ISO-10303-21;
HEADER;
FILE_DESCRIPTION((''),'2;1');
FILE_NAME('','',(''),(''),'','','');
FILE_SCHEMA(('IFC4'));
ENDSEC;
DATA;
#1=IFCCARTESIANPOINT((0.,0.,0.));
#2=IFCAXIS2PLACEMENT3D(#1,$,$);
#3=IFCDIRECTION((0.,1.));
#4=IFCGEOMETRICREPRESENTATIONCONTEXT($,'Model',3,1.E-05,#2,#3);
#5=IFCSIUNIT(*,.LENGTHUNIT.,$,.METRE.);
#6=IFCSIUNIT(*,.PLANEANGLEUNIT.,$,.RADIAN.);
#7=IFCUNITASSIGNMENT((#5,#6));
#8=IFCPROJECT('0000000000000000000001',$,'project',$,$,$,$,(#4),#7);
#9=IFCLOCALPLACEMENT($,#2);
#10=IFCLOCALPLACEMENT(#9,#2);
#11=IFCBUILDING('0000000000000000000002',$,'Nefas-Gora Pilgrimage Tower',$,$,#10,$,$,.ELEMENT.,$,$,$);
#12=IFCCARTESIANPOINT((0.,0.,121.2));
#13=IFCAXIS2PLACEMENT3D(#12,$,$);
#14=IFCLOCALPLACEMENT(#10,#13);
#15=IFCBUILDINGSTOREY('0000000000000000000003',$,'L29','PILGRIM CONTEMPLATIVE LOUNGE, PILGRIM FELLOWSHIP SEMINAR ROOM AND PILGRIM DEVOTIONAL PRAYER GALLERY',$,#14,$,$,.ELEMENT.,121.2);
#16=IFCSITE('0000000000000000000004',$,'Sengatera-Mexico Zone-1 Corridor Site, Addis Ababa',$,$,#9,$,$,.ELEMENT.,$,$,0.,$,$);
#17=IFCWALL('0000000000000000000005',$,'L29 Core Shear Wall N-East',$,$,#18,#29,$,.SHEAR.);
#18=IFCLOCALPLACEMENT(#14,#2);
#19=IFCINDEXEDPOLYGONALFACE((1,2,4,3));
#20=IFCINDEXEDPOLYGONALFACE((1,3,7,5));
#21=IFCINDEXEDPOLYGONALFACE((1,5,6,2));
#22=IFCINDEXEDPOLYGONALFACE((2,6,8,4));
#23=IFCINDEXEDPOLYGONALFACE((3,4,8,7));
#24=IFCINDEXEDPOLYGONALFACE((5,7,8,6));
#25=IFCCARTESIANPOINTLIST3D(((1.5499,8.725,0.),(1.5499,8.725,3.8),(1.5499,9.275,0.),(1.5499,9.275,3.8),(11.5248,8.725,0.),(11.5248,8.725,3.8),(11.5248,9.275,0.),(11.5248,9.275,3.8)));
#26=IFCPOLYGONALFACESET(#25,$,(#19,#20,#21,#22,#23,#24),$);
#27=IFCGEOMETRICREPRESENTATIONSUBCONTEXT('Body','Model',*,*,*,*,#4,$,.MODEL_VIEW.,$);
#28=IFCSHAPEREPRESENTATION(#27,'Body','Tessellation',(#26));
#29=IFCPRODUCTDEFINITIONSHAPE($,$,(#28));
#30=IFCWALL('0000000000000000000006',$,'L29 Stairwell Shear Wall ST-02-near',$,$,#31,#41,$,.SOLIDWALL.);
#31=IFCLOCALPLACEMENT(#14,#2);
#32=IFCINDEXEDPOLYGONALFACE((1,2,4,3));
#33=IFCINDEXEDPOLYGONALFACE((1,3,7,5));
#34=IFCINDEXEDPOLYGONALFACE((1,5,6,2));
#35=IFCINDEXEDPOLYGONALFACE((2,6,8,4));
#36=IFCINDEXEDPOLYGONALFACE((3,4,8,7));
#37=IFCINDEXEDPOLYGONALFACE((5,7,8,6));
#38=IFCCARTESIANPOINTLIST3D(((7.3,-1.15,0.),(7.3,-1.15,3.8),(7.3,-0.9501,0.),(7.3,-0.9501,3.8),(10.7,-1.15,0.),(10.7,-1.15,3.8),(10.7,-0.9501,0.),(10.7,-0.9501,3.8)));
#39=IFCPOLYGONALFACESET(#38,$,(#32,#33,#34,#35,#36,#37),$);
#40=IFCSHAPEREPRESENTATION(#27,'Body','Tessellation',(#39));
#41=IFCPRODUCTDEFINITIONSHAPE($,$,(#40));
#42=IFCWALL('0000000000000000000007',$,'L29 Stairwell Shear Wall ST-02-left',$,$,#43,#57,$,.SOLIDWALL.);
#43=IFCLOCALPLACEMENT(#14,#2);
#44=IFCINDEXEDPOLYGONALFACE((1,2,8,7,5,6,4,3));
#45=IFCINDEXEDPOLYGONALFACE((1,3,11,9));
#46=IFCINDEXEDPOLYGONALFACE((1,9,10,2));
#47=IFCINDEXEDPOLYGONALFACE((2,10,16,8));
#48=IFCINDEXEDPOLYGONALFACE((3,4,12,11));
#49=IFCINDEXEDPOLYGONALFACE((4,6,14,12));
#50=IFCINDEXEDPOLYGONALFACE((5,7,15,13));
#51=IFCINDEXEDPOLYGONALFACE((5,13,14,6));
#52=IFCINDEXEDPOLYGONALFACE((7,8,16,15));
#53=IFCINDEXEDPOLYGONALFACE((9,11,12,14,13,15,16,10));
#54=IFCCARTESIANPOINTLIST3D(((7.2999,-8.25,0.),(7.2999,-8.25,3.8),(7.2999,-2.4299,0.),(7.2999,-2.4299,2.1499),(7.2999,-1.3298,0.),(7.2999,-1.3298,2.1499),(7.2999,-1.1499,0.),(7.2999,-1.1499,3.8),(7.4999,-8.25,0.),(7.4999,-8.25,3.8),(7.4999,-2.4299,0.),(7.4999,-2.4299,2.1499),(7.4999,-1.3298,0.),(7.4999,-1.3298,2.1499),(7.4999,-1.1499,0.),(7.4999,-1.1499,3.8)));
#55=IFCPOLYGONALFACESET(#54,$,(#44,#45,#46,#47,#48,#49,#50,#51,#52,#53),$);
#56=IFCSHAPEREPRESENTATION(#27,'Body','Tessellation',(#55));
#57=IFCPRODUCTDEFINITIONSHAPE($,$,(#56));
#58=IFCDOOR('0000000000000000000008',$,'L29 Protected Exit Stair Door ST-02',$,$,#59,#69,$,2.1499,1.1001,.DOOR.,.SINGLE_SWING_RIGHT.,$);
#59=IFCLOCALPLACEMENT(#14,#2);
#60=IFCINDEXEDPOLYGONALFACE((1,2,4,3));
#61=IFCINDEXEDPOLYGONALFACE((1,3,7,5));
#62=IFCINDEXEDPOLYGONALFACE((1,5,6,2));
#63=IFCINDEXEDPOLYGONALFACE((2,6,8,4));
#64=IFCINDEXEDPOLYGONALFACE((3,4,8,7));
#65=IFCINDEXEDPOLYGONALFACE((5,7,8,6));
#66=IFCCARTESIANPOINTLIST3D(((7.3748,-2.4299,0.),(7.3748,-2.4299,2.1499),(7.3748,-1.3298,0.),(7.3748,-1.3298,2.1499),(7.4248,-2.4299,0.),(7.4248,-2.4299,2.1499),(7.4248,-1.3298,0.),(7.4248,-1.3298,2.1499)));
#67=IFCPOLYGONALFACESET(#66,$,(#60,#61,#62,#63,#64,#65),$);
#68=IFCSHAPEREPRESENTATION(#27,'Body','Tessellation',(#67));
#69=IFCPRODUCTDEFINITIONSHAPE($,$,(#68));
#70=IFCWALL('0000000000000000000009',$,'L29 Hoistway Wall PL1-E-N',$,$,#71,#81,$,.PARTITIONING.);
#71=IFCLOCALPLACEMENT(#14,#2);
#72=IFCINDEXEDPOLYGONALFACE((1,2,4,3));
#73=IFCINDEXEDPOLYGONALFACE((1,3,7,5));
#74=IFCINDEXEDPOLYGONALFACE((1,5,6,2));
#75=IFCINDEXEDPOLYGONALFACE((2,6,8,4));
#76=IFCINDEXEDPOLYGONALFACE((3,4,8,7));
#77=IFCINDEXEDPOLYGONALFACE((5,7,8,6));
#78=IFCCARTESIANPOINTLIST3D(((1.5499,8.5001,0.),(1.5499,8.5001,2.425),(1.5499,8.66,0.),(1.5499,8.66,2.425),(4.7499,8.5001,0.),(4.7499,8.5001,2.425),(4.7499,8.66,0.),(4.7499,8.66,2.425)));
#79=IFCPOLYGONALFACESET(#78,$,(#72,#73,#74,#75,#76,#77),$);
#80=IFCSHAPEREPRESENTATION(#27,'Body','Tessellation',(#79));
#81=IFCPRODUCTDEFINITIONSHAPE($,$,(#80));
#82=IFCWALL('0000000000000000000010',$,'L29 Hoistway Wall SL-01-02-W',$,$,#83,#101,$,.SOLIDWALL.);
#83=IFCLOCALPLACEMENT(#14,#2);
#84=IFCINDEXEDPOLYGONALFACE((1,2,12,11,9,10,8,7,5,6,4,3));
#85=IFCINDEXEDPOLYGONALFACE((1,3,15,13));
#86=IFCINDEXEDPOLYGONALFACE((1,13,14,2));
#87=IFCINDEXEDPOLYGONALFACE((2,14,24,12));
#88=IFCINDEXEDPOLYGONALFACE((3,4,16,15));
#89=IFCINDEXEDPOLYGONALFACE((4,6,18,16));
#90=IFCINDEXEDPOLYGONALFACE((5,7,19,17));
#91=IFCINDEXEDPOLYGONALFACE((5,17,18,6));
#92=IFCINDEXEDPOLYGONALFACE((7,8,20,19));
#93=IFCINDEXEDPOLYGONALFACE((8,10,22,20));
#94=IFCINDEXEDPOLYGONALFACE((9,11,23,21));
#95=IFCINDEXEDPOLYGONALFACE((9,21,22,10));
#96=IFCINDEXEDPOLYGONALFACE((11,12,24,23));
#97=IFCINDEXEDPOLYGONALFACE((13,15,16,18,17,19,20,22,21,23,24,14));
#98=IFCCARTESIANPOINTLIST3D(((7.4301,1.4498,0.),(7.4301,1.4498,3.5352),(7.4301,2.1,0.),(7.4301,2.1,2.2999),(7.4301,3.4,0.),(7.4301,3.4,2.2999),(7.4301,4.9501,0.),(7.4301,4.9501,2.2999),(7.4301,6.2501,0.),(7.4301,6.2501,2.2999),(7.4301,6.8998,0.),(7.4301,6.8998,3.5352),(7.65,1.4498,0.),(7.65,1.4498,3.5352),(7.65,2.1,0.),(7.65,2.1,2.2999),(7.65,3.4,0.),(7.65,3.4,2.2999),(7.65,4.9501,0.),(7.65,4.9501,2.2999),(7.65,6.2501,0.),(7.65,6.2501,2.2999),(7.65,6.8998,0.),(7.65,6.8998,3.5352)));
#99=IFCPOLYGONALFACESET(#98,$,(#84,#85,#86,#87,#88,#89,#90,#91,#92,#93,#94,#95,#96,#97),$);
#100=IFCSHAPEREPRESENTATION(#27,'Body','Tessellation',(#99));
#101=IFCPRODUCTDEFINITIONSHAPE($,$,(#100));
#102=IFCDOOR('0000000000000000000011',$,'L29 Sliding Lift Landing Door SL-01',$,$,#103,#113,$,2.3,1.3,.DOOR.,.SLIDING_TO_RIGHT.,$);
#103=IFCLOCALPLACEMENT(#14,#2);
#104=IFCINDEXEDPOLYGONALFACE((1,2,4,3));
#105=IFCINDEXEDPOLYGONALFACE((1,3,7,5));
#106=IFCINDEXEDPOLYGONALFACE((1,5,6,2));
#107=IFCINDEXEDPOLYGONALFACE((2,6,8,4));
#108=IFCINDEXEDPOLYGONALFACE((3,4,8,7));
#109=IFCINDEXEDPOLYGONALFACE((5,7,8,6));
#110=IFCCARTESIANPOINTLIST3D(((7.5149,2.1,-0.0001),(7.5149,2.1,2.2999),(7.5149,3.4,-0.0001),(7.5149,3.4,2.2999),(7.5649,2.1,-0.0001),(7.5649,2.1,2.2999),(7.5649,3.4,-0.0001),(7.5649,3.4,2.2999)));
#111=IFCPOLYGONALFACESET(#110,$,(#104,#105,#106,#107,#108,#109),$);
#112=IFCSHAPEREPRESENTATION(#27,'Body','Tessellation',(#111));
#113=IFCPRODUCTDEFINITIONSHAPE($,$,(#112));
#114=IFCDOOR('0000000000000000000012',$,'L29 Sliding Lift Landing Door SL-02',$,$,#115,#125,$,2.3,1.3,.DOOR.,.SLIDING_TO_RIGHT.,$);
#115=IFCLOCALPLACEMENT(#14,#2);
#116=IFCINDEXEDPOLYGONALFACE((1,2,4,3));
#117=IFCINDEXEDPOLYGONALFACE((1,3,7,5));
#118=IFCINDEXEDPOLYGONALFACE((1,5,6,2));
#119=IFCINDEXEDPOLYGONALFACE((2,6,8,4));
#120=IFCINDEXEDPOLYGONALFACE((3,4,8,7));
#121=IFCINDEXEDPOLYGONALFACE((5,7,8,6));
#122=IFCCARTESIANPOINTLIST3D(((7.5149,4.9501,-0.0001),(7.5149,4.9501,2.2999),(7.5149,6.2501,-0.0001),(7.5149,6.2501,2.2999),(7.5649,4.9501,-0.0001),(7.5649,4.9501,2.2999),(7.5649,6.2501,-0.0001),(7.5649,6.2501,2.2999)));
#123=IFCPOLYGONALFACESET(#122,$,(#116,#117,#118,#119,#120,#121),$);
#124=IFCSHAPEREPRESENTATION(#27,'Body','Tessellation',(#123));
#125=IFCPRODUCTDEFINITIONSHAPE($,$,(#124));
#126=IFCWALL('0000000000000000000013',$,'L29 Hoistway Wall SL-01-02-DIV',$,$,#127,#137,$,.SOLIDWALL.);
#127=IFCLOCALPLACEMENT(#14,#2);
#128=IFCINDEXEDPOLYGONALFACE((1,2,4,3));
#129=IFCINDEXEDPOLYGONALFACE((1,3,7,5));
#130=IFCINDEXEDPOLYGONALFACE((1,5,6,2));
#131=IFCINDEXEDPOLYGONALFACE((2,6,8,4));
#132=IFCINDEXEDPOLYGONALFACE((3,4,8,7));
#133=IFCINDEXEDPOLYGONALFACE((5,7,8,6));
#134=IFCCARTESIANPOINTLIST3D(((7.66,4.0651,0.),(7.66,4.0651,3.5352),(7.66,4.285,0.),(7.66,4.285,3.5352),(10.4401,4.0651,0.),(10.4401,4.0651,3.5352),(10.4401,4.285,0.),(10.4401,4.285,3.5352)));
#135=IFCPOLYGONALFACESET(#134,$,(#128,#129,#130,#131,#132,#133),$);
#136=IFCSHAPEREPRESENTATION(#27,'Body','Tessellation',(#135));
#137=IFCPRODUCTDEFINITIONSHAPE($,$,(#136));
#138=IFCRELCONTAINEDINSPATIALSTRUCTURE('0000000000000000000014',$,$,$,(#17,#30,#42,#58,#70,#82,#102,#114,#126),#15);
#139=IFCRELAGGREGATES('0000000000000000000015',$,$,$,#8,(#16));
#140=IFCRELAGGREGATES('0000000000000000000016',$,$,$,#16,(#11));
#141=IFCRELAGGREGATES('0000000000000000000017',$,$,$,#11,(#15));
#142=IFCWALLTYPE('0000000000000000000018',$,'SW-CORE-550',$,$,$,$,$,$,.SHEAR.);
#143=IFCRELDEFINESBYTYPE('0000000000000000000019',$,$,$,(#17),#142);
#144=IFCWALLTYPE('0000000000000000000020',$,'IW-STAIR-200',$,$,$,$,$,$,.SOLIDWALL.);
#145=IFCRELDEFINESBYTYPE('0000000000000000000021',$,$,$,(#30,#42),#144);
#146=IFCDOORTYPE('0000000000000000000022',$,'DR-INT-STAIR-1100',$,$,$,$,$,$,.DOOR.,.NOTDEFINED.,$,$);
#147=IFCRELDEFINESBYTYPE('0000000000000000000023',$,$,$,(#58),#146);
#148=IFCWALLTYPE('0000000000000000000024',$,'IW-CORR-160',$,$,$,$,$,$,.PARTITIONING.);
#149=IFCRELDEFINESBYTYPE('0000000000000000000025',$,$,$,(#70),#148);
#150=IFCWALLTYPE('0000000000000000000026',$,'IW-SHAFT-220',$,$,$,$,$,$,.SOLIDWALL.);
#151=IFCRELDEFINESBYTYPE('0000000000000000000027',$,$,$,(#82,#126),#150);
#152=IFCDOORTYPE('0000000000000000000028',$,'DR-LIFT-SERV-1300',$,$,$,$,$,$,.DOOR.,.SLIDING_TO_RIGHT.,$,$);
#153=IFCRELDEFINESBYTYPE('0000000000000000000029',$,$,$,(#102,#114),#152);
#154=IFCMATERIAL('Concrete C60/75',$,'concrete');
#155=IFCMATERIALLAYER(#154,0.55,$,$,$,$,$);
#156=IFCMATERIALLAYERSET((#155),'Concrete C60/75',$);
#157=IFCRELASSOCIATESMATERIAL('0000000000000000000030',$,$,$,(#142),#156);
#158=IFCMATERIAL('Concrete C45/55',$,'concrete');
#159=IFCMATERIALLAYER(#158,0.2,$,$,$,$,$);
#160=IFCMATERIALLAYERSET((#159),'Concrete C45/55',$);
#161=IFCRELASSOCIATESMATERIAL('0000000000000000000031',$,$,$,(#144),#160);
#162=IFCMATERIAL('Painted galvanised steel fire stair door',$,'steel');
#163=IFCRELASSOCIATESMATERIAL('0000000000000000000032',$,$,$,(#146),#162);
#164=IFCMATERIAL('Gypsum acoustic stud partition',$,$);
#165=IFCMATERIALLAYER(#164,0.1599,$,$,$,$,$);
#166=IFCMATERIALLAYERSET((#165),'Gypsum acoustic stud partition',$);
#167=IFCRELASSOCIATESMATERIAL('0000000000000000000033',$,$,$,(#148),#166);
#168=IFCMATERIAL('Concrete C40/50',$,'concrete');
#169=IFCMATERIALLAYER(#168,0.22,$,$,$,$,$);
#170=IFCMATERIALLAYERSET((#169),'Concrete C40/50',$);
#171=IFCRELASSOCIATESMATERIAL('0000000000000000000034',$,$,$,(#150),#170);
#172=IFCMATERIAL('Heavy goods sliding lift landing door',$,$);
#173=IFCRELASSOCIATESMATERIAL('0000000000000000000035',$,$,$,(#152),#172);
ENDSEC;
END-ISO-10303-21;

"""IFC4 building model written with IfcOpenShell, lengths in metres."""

from ifc_helpers import new_model, si_unit, direction, frame, frame_2d, origin, place, context, subcontext, project, spatial, rectangle, extrude, source, transform, mapped, material, layer, layer_set, type_object, element, fill, save


model = new_model("IFC4")

# Units and contexts
model_context = context("Model", 3, precision=1e-05, world=origin(), true_north=direction((0.0, 1.0)))
body_context = subcontext(model_context, "Body", "Model", "MODEL_VIEW")
ifc_project = project(units=[si_unit("LENGTHUNIT", "METRE"), si_unit("PLANEANGLEUNIT", "RADIAN")], contexts=[model_context])

# Site, building, storey
site_placement = place(None, origin())
site = spatial("IfcSite", under=ifc_project, at=site_placement, Name="Sengatera-Mexico Zone-1 Corridor Site, Addis Ababa", CompositionType="ELEMENT", RefElevation=0.0)
building_placement = place(site_placement, origin())
building = spatial("IfcBuilding", under=site, at=building_placement, Name="Nefas-Gora Pilgrimage Tower", CompositionType="ELEMENT")
storey_placement = place(building_placement, frame((0.0, 0.0, 121.2)))
storey = spatial("IfcBuildingStorey", under=building, at=storey_placement, Name="L29", Description="PILGRIM CONTEMPLATIVE LOUNGE, PILGRIM FELLOWSHIP SEMINAR ROOM AND PILGRIM DEVOTIONAL PRAYER GALLERY", CompositionType="ELEMENT", Elevation=121.2)

# Walls
ifc_material_1 = material(Name="Concrete C60/75", Category="concrete")
ifc_layer_1 = layer(ifc_material_1, 0.55)
ifc_layer_set_1 = layer_set([ifc_layer_1], Name="Concrete C60/75")
wall_type_1 = type_object("IfcWallType", Name="SW-CORE-550", PredefinedType="SHEAR", material=ifc_layer_set_1)
shared_shape_1 = source(origin(), body_context, "Body", "SweptSolid", [
    extrude(rectangle(XDim=9.9749, YDim=0.55, at=frame_2d((4.9873, 0.0))), origin(), (0.0, 0.0, 1.0), 3.8),
])
wall_1_placement = place(storey_placement, frame((1.55, 9.0, 0.0), z_axis=(0.0, 0.0, 1.0), x_axis=(1.0, 0.0, 0.0)))
element("IfcWall", 1, at=wall_1_placement, inside=storey, type_object=wall_type_1, Name="L29 Core Shear Wall N-East", PredefinedType="SHEAR", context=body_context, shape_type="MappedRepresentation", body=[
    mapped(shared_shape_1, transform((0.0, 0.0, 0.0), x_axis=(1.0, 0.0, 0.0), y_axis=(0.0, 1.0, 0.0), z_axis=(0.0, 0.0, 1.0), scale=1.0)),
])
ifc_material_2 = material(Name="Concrete C45/55", Category="concrete")
ifc_layer_2 = layer(ifc_material_2, 0.2)
ifc_layer_set_2 = layer_set([ifc_layer_2], Name="Concrete C45/55")
wall_type_2 = type_object("IfcWallType", Name="IW-STAIR-200", PredefinedType="SOLIDWALL", material=ifc_layer_set_2)
shared_shape_2 = source(origin(), body_context, "Body", "SweptSolid", [
    extrude(rectangle(XDim=3.3999, YDim=0.2, at=frame_2d((1.7, 0.0))), origin(), (0.0, 0.0, 1.0), 3.8),
])
wall_2_placement = place(storey_placement, frame((7.3, -1.05, 0.0), z_axis=(0.0, 0.0, 1.0), x_axis=(1.0, 0.0, 0.0)))
element("IfcWall", 2, at=wall_2_placement, inside=storey, type_object=wall_type_2, Name="L29 Stairwell Shear Wall ST-02-near", PredefinedType="SOLIDWALL", context=body_context, shape_type="MappedRepresentation", body=[
    mapped(shared_shape_2, transform((0.0, 0.0, 0.0), x_axis=(1.0, 0.0, 0.0), y_axis=(0.0, 1.0, 0.0), z_axis=(0.0, 0.0, 1.0), scale=1.0)),
])

# Wall, opening, door
shared_shape_3 = source(origin(), body_context, "Body", "SweptSolid", [
    extrude(rectangle(XDim=7.1001, YDim=0.2, at=frame_2d((3.55, 0.0))), origin(), (0.0, 0.0, 1.0), 3.8),
])
wall_3_placement = place(storey_placement, frame((7.3999, -1.1499, 0.0), z_axis=(0.0, 0.0, 1.0), x_axis=(0.0, -1.0, 0.0)))
wall_3 = element("IfcWall", 3, at=wall_3_placement, inside=storey, type_object=wall_type_2, Name="L29 Stairwell Shear Wall ST-02-left", PredefinedType="SOLIDWALL", context=body_context, shape_type="MappedRepresentation", body=[
    mapped(shared_shape_3, transform((0.0, 0.0, 0.0), x_axis=(1.0, 0.0, 0.0), y_axis=(0.0, 1.0, 0.0), z_axis=(0.0, 0.0, 1.0), scale=1.0)),
])
opening_1_placement = place(wall_3_placement, frame((0.1799, 0.0, 0.0)))
opening_1 = element("IfcOpeningElement", 4, at=opening_1_placement, cuts=wall_3, PredefinedType="OPENING", context=body_context, shape_type="SweptSolid", body=[
    extrude(rectangle(XDim=1.1001, YDim=2.1499, at=frame_2d((0.55, 1.075))), frame((0.0, 0.1099, 0.0), z_axis=(0.0, -1.0, 0.0), x_axis=(1.0, 0.0, 0.0)), (0.0, 0.0, 1.0), 0.22),
])
ifc_material_3 = material(Name="Painted galvanised steel fire stair door", Category="steel")
door_type_1 = type_object("IfcDoorType", Name="DR-INT-STAIR-1100", OperationType="NOTDEFINED", PredefinedType="DOOR", material=ifc_material_3)
shared_shape_4 = source(origin(), body_context, "Body", "SweptSolid", [
    extrude(rectangle(XDim=1.1001, YDim=2.1499, at=frame_2d((0.55, 1.075))), frame((0.0, 0.0249, 0.0), z_axis=(0.0, -1.0, 0.0), x_axis=(1.0, 0.0, 0.0)), (0.0, 0.0, 1.0), 0.05),
])
door_1_placement = place(opening_1_placement, origin())
door_1 = element("IfcDoor", 5, at=door_1_placement, inside=storey, type_object=door_type_1, Name="L29 Protected Exit Stair Door ST-02", OperationType="SINGLE_SWING_RIGHT", OverallHeight=2.1499, OverallWidth=1.1001, PredefinedType="DOOR", context=body_context, shape_type="MappedRepresentation", body=[
    mapped(shared_shape_4, transform((0.0, 0.0, 0.0), x_axis=(1.0, 0.0, 0.0), y_axis=(0.0, 1.0, 0.0), z_axis=(0.0, 0.0, 1.0), scale=1.0)),
])
fill(opening_1, door_1)

# Wall
ifc_material_4 = material(Name="Gypsum acoustic stud partition")
ifc_layer_3 = layer(ifc_material_4, 0.1599)
ifc_layer_set_3 = layer_set([ifc_layer_3], Name="Gypsum acoustic stud partition")
wall_type_3 = type_object("IfcWallType", Name="IW-CORR-160", PredefinedType="PARTITIONING", material=ifc_layer_set_3)
shared_shape_5 = source(origin(), body_context, "Body", "SweptSolid", [
    extrude(rectangle(XDim=3.2, YDim=0.1599, at=frame_2d((1.6001, 0.0))), origin(), (0.0, 0.0, 1.0), 2.425),
])
wall_4_placement = place(storey_placement, frame((4.75, 8.5801, 0.0), z_axis=(0.0, 0.0, 1.0), x_axis=(-1.0, 0.0, 0.0)))
element("IfcWall", 6, at=wall_4_placement, inside=storey, type_object=wall_type_3, Name="L29 Hoistway Wall PL1-E-N", PredefinedType="PARTITIONING", context=body_context, shape_type="MappedRepresentation", body=[
    mapped(shared_shape_5, transform((0.0, 0.0, 0.0), x_axis=(1.0, 0.0, 0.0), y_axis=(0.0, 1.0, 0.0), z_axis=(0.0, 0.0, 1.0), scale=1.0)),
])

# Wall, openings, doors
ifc_material_5 = material(Name="Concrete C40/50", Category="concrete")
ifc_layer_4 = layer(ifc_material_5, 0.22)
ifc_layer_set_4 = layer_set([ifc_layer_4], Name="Concrete C40/50")
wall_type_4 = type_object("IfcWallType", Name="IW-SHAFT-220", PredefinedType="SOLIDWALL", material=ifc_layer_set_4)
shared_shape_6 = source(origin(), body_context, "Body", "SweptSolid", [
    extrude(rectangle(XDim=5.45, YDim=0.22, at=frame_2d((2.7251, 0.0))), origin(), (0.0, 0.0, 1.0), 3.5352),
])
wall_5_placement = place(storey_placement, frame((7.54, 6.8999, 0.0), z_axis=(0.0, 0.0, 1.0), x_axis=(0.0, -1.0, 0.0)))
wall_5 = element("IfcWall", 7, at=wall_5_placement, inside=storey, type_object=wall_type_4, Name="L29 Hoistway Wall SL-01-02-W", PredefinedType="SOLIDWALL", context=body_context, shape_type="MappedRepresentation", body=[
    mapped(shared_shape_6, transform((0.0, 0.0, 0.0), x_axis=(1.0, 0.0, 0.0), y_axis=(0.0, 1.0, 0.0), z_axis=(0.0, 0.0, 1.0), scale=1.0)),
])
opening_2_placement = place(wall_5_placement, frame((3.5, 0.0, 0.0)))
opening_2 = element("IfcOpeningElement", 8, at=opening_2_placement, cuts=wall_5, PredefinedType="OPENING", context=body_context, shape_type="SweptSolid", body=[
    extrude(rectangle(XDim=1.3, YDim=2.3, at=frame_2d((0.6499, 1.1499))), frame((0.0, 0.1199, 0.0), z_axis=(0.0, -1.0, 0.0), x_axis=(1.0, 0.0, 0.0)), (0.0, 0.0, 1.0), 0.24),
])
opening_3_placement = place(wall_5_placement, frame((0.6499, 0.0, 0.0)))
opening_3 = element("IfcOpeningElement", 9, at=opening_3_placement, cuts=wall_5, PredefinedType="OPENING", context=body_context, shape_type="SweptSolid", body=[
    extrude(rectangle(XDim=1.3, YDim=2.3, at=frame_2d((0.6499, 1.1499))), frame((0.0, 0.1199, 0.0), z_axis=(0.0, -1.0, 0.0), x_axis=(1.0, 0.0, 0.0)), (0.0, 0.0, 1.0), 0.24),
])
ifc_material_6 = material(Name="Heavy goods sliding lift landing door")
door_type_2 = type_object("IfcDoorType", Name="DR-LIFT-SERV-1300", OperationType="SLIDING_TO_RIGHT", PredefinedType="DOOR", material=ifc_material_6)
shared_shape_7 = source(origin(), body_context, "Body", "SweptSolid", [
    extrude(rectangle(XDim=1.3, YDim=2.3, at=frame_2d((0.6499, 1.1499))), frame((0.0, 0.0249, 0.0), z_axis=(0.0, -1.0, 0.0), x_axis=(1.0, 0.0, 0.0)), (0.0, 0.0, 1.0), 0.05),
])
door_2_placement = place(opening_2_placement, origin())
door_2 = element("IfcDoor", 10, at=door_2_placement, inside=storey, type_object=door_type_2, Name="L29 Sliding Lift Landing Door SL-01", OperationType="SLIDING_TO_RIGHT", OverallHeight=2.3, OverallWidth=1.3, PredefinedType="DOOR", context=body_context, shape_type="MappedRepresentation", body=[
    mapped(shared_shape_7, transform((0.0, 0.0, 0.0), x_axis=(1.0, 0.0, 0.0), y_axis=(0.0, 1.0, 0.0), z_axis=(0.0, 0.0, 1.0), scale=1.0)),
])
fill(opening_2, door_2)
door_3_placement = place(opening_3_placement, origin())
door_3 = element("IfcDoor", 11, at=door_3_placement, inside=storey, type_object=door_type_2, Name="L29 Sliding Lift Landing Door SL-02", OperationType="SLIDING_TO_RIGHT", OverallHeight=2.3, OverallWidth=1.3, PredefinedType="DOOR", context=body_context, shape_type="MappedRepresentation", body=[
    mapped(shared_shape_7, transform((0.0, 0.0, 0.0), x_axis=(1.0, 0.0, 0.0), y_axis=(0.0, 1.0, 0.0), z_axis=(0.0, 0.0, 1.0), scale=1.0)),
])
fill(opening_3, door_3)

# Wall
shared_shape_8 = source(origin(), body_context, "Body", "SweptSolid", [
    extrude(rectangle(XDim=2.78, YDim=0.22, at=frame_2d((1.3901, 0.0))), origin(), (0.0, 0.0, 1.0), 3.5352),
])
wall_6_placement = place(storey_placement, frame((7.6599, 4.175, 0.0), z_axis=(0.0, 0.0, 1.0), x_axis=(1.0, 0.0, 0.0)))
element("IfcWall", 12, at=wall_6_placement, inside=storey, type_object=wall_type_4, Name="L29 Hoistway Wall SL-01-02-DIV", PredefinedType="SOLIDWALL", context=body_context, shape_type="MappedRepresentation", body=[
    mapped(shared_shape_8, transform((0.0, 0.0, 0.0), x_axis=(1.0, 0.0, 0.0), y_axis=(0.0, 1.0, 0.0), z_axis=(0.0, 0.0, 1.0), scale=1.0)),
])

save(model, "model.ifc")
